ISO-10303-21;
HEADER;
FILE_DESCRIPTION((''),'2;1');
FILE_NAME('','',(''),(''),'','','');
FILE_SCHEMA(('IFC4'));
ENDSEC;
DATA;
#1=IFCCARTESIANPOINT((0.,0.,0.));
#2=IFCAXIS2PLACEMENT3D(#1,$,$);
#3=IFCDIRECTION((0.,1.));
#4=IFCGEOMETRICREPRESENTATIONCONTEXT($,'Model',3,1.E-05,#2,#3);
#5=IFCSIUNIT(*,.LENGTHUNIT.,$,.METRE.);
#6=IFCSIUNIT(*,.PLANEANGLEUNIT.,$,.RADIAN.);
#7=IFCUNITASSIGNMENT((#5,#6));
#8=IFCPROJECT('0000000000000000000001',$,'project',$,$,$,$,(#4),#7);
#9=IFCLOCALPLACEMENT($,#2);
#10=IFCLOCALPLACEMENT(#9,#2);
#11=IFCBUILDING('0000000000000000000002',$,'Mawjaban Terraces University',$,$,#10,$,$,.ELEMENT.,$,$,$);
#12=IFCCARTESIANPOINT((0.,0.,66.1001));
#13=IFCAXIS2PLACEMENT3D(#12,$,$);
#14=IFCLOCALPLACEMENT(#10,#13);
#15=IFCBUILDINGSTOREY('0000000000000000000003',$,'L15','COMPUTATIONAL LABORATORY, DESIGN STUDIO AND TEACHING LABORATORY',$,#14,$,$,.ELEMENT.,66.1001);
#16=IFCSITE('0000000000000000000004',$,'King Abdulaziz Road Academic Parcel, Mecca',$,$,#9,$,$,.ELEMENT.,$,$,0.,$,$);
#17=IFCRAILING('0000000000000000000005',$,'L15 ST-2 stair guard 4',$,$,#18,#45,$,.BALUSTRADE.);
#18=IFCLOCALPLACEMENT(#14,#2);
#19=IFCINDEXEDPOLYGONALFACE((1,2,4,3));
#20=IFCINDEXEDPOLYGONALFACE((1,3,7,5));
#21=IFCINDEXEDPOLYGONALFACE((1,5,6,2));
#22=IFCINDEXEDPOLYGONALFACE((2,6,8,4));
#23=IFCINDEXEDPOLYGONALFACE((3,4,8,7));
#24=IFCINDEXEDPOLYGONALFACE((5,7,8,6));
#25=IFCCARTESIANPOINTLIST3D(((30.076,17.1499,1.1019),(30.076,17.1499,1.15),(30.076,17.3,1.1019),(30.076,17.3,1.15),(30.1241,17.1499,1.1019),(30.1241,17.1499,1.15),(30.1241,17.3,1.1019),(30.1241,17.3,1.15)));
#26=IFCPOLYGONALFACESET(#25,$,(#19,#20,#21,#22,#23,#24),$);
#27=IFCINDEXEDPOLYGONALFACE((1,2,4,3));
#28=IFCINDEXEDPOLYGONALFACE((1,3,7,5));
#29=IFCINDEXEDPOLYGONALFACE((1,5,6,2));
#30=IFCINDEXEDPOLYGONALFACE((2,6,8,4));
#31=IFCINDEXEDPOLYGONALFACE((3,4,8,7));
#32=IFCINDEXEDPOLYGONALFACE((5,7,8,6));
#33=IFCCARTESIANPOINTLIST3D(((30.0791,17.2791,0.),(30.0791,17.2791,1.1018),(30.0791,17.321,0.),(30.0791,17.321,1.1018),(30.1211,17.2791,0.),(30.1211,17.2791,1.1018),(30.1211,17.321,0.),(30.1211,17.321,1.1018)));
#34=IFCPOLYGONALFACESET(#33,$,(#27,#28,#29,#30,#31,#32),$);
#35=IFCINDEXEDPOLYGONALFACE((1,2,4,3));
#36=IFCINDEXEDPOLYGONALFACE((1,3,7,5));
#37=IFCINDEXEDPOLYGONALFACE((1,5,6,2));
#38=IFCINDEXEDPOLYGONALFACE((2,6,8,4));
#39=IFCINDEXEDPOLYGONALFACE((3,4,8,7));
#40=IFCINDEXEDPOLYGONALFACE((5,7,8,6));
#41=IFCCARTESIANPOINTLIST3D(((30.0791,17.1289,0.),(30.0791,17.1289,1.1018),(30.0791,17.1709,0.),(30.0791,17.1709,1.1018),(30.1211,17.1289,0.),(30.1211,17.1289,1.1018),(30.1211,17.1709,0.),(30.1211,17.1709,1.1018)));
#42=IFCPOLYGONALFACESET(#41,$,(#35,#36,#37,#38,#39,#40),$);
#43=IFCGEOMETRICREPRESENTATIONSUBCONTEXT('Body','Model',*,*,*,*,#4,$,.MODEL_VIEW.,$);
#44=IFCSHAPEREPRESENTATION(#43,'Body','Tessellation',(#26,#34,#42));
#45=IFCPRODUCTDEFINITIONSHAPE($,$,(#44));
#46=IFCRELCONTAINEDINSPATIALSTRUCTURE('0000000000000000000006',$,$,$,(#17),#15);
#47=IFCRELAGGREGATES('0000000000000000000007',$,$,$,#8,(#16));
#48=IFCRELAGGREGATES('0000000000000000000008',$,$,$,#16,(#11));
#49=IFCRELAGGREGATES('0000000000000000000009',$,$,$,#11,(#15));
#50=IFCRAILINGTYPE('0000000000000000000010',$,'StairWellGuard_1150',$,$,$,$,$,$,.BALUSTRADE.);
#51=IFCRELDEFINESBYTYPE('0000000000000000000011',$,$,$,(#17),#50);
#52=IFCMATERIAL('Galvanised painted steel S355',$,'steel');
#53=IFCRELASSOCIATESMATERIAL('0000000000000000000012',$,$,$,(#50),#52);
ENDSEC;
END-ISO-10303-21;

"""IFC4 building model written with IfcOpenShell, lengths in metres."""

from ifc_helpers import new_model, si_unit, direction, frame, origin, origin_2d, place, context, subcontext, project, spatial, rectangle, extrude, material, type_object, element, save


model = new_model("IFC4")

# Units and contexts
model_context = context("Model", 3, precision=1e-05, world=origin(), true_north=direction((0.0, 1.0)))
body_context = subcontext(model_context, "Body", "Model", "MODEL_VIEW")
ifc_project = project(units=[si_unit("LENGTHUNIT", "METRE"), si_unit("PLANEANGLEUNIT", "RADIAN")], contexts=[model_context])

# Site, building, storey
site_placement = place(None, origin())
site = spatial("IfcSite", under=ifc_project, at=site_placement, Name="King Abdulaziz Road Academic Parcel, Mecca", CompositionType="ELEMENT", RefElevation=0.0)
building_placement = place(site_placement, origin())
building = spatial("IfcBuilding", under=site, at=building_placement, Name="Mawjaban Terraces University", CompositionType="ELEMENT")
storey_placement = place(building_placement, frame((0.0, 0.0, 66.1001)))
storey = spatial("IfcBuildingStorey", under=building, at=storey_placement, Name="L15", Description="COMPUTATIONAL LABORATORY, DESIGN STUDIO AND TEACHING LABORATORY", CompositionType="ELEMENT", Elevation=66.1001)

# Railing
ifc_material_1 = material(Name="Galvanised painted steel S355", Category="steel")
railing_type_1 = type_object("IfcRailingType", Name="StairWellGuard_1150", PredefinedType="BALUSTRADE", material=ifc_material_1)
railing_1_placement = place(storey_placement, frame((30.1001, 17.3, 0.0)))
element("IfcRailing", 1, at=railing_1_placement, inside=storey, type_object=railing_type_1, Name="L15 ST-2 stair guard 4", PredefinedType="BALUSTRADE", context=body_context, shape_type="SweptSolid", body=[
    extrude(rectangle(XDim=0.0481, YDim=0.0481, at=origin_2d()), frame((0.0, 0.0, 1.126), z_axis=(0.0, -1.0, 0.0), x_axis=(1.0, 0.0, 0.0)), (0.0, 0.0, 1.0), 0.1501),
    extrude(rectangle(XDim=0.042, YDim=0.042, at=origin_2d()), origin(), (0.0, 0.0, 1.0), 1.1018),
    extrude(rectangle(XDim=0.042, YDim=0.042, at=origin_2d()), frame((0.0, -0.1501, 0.0)), (0.0, 0.0, 1.0), 1.1018),
])

save(model, "model.ifc")
